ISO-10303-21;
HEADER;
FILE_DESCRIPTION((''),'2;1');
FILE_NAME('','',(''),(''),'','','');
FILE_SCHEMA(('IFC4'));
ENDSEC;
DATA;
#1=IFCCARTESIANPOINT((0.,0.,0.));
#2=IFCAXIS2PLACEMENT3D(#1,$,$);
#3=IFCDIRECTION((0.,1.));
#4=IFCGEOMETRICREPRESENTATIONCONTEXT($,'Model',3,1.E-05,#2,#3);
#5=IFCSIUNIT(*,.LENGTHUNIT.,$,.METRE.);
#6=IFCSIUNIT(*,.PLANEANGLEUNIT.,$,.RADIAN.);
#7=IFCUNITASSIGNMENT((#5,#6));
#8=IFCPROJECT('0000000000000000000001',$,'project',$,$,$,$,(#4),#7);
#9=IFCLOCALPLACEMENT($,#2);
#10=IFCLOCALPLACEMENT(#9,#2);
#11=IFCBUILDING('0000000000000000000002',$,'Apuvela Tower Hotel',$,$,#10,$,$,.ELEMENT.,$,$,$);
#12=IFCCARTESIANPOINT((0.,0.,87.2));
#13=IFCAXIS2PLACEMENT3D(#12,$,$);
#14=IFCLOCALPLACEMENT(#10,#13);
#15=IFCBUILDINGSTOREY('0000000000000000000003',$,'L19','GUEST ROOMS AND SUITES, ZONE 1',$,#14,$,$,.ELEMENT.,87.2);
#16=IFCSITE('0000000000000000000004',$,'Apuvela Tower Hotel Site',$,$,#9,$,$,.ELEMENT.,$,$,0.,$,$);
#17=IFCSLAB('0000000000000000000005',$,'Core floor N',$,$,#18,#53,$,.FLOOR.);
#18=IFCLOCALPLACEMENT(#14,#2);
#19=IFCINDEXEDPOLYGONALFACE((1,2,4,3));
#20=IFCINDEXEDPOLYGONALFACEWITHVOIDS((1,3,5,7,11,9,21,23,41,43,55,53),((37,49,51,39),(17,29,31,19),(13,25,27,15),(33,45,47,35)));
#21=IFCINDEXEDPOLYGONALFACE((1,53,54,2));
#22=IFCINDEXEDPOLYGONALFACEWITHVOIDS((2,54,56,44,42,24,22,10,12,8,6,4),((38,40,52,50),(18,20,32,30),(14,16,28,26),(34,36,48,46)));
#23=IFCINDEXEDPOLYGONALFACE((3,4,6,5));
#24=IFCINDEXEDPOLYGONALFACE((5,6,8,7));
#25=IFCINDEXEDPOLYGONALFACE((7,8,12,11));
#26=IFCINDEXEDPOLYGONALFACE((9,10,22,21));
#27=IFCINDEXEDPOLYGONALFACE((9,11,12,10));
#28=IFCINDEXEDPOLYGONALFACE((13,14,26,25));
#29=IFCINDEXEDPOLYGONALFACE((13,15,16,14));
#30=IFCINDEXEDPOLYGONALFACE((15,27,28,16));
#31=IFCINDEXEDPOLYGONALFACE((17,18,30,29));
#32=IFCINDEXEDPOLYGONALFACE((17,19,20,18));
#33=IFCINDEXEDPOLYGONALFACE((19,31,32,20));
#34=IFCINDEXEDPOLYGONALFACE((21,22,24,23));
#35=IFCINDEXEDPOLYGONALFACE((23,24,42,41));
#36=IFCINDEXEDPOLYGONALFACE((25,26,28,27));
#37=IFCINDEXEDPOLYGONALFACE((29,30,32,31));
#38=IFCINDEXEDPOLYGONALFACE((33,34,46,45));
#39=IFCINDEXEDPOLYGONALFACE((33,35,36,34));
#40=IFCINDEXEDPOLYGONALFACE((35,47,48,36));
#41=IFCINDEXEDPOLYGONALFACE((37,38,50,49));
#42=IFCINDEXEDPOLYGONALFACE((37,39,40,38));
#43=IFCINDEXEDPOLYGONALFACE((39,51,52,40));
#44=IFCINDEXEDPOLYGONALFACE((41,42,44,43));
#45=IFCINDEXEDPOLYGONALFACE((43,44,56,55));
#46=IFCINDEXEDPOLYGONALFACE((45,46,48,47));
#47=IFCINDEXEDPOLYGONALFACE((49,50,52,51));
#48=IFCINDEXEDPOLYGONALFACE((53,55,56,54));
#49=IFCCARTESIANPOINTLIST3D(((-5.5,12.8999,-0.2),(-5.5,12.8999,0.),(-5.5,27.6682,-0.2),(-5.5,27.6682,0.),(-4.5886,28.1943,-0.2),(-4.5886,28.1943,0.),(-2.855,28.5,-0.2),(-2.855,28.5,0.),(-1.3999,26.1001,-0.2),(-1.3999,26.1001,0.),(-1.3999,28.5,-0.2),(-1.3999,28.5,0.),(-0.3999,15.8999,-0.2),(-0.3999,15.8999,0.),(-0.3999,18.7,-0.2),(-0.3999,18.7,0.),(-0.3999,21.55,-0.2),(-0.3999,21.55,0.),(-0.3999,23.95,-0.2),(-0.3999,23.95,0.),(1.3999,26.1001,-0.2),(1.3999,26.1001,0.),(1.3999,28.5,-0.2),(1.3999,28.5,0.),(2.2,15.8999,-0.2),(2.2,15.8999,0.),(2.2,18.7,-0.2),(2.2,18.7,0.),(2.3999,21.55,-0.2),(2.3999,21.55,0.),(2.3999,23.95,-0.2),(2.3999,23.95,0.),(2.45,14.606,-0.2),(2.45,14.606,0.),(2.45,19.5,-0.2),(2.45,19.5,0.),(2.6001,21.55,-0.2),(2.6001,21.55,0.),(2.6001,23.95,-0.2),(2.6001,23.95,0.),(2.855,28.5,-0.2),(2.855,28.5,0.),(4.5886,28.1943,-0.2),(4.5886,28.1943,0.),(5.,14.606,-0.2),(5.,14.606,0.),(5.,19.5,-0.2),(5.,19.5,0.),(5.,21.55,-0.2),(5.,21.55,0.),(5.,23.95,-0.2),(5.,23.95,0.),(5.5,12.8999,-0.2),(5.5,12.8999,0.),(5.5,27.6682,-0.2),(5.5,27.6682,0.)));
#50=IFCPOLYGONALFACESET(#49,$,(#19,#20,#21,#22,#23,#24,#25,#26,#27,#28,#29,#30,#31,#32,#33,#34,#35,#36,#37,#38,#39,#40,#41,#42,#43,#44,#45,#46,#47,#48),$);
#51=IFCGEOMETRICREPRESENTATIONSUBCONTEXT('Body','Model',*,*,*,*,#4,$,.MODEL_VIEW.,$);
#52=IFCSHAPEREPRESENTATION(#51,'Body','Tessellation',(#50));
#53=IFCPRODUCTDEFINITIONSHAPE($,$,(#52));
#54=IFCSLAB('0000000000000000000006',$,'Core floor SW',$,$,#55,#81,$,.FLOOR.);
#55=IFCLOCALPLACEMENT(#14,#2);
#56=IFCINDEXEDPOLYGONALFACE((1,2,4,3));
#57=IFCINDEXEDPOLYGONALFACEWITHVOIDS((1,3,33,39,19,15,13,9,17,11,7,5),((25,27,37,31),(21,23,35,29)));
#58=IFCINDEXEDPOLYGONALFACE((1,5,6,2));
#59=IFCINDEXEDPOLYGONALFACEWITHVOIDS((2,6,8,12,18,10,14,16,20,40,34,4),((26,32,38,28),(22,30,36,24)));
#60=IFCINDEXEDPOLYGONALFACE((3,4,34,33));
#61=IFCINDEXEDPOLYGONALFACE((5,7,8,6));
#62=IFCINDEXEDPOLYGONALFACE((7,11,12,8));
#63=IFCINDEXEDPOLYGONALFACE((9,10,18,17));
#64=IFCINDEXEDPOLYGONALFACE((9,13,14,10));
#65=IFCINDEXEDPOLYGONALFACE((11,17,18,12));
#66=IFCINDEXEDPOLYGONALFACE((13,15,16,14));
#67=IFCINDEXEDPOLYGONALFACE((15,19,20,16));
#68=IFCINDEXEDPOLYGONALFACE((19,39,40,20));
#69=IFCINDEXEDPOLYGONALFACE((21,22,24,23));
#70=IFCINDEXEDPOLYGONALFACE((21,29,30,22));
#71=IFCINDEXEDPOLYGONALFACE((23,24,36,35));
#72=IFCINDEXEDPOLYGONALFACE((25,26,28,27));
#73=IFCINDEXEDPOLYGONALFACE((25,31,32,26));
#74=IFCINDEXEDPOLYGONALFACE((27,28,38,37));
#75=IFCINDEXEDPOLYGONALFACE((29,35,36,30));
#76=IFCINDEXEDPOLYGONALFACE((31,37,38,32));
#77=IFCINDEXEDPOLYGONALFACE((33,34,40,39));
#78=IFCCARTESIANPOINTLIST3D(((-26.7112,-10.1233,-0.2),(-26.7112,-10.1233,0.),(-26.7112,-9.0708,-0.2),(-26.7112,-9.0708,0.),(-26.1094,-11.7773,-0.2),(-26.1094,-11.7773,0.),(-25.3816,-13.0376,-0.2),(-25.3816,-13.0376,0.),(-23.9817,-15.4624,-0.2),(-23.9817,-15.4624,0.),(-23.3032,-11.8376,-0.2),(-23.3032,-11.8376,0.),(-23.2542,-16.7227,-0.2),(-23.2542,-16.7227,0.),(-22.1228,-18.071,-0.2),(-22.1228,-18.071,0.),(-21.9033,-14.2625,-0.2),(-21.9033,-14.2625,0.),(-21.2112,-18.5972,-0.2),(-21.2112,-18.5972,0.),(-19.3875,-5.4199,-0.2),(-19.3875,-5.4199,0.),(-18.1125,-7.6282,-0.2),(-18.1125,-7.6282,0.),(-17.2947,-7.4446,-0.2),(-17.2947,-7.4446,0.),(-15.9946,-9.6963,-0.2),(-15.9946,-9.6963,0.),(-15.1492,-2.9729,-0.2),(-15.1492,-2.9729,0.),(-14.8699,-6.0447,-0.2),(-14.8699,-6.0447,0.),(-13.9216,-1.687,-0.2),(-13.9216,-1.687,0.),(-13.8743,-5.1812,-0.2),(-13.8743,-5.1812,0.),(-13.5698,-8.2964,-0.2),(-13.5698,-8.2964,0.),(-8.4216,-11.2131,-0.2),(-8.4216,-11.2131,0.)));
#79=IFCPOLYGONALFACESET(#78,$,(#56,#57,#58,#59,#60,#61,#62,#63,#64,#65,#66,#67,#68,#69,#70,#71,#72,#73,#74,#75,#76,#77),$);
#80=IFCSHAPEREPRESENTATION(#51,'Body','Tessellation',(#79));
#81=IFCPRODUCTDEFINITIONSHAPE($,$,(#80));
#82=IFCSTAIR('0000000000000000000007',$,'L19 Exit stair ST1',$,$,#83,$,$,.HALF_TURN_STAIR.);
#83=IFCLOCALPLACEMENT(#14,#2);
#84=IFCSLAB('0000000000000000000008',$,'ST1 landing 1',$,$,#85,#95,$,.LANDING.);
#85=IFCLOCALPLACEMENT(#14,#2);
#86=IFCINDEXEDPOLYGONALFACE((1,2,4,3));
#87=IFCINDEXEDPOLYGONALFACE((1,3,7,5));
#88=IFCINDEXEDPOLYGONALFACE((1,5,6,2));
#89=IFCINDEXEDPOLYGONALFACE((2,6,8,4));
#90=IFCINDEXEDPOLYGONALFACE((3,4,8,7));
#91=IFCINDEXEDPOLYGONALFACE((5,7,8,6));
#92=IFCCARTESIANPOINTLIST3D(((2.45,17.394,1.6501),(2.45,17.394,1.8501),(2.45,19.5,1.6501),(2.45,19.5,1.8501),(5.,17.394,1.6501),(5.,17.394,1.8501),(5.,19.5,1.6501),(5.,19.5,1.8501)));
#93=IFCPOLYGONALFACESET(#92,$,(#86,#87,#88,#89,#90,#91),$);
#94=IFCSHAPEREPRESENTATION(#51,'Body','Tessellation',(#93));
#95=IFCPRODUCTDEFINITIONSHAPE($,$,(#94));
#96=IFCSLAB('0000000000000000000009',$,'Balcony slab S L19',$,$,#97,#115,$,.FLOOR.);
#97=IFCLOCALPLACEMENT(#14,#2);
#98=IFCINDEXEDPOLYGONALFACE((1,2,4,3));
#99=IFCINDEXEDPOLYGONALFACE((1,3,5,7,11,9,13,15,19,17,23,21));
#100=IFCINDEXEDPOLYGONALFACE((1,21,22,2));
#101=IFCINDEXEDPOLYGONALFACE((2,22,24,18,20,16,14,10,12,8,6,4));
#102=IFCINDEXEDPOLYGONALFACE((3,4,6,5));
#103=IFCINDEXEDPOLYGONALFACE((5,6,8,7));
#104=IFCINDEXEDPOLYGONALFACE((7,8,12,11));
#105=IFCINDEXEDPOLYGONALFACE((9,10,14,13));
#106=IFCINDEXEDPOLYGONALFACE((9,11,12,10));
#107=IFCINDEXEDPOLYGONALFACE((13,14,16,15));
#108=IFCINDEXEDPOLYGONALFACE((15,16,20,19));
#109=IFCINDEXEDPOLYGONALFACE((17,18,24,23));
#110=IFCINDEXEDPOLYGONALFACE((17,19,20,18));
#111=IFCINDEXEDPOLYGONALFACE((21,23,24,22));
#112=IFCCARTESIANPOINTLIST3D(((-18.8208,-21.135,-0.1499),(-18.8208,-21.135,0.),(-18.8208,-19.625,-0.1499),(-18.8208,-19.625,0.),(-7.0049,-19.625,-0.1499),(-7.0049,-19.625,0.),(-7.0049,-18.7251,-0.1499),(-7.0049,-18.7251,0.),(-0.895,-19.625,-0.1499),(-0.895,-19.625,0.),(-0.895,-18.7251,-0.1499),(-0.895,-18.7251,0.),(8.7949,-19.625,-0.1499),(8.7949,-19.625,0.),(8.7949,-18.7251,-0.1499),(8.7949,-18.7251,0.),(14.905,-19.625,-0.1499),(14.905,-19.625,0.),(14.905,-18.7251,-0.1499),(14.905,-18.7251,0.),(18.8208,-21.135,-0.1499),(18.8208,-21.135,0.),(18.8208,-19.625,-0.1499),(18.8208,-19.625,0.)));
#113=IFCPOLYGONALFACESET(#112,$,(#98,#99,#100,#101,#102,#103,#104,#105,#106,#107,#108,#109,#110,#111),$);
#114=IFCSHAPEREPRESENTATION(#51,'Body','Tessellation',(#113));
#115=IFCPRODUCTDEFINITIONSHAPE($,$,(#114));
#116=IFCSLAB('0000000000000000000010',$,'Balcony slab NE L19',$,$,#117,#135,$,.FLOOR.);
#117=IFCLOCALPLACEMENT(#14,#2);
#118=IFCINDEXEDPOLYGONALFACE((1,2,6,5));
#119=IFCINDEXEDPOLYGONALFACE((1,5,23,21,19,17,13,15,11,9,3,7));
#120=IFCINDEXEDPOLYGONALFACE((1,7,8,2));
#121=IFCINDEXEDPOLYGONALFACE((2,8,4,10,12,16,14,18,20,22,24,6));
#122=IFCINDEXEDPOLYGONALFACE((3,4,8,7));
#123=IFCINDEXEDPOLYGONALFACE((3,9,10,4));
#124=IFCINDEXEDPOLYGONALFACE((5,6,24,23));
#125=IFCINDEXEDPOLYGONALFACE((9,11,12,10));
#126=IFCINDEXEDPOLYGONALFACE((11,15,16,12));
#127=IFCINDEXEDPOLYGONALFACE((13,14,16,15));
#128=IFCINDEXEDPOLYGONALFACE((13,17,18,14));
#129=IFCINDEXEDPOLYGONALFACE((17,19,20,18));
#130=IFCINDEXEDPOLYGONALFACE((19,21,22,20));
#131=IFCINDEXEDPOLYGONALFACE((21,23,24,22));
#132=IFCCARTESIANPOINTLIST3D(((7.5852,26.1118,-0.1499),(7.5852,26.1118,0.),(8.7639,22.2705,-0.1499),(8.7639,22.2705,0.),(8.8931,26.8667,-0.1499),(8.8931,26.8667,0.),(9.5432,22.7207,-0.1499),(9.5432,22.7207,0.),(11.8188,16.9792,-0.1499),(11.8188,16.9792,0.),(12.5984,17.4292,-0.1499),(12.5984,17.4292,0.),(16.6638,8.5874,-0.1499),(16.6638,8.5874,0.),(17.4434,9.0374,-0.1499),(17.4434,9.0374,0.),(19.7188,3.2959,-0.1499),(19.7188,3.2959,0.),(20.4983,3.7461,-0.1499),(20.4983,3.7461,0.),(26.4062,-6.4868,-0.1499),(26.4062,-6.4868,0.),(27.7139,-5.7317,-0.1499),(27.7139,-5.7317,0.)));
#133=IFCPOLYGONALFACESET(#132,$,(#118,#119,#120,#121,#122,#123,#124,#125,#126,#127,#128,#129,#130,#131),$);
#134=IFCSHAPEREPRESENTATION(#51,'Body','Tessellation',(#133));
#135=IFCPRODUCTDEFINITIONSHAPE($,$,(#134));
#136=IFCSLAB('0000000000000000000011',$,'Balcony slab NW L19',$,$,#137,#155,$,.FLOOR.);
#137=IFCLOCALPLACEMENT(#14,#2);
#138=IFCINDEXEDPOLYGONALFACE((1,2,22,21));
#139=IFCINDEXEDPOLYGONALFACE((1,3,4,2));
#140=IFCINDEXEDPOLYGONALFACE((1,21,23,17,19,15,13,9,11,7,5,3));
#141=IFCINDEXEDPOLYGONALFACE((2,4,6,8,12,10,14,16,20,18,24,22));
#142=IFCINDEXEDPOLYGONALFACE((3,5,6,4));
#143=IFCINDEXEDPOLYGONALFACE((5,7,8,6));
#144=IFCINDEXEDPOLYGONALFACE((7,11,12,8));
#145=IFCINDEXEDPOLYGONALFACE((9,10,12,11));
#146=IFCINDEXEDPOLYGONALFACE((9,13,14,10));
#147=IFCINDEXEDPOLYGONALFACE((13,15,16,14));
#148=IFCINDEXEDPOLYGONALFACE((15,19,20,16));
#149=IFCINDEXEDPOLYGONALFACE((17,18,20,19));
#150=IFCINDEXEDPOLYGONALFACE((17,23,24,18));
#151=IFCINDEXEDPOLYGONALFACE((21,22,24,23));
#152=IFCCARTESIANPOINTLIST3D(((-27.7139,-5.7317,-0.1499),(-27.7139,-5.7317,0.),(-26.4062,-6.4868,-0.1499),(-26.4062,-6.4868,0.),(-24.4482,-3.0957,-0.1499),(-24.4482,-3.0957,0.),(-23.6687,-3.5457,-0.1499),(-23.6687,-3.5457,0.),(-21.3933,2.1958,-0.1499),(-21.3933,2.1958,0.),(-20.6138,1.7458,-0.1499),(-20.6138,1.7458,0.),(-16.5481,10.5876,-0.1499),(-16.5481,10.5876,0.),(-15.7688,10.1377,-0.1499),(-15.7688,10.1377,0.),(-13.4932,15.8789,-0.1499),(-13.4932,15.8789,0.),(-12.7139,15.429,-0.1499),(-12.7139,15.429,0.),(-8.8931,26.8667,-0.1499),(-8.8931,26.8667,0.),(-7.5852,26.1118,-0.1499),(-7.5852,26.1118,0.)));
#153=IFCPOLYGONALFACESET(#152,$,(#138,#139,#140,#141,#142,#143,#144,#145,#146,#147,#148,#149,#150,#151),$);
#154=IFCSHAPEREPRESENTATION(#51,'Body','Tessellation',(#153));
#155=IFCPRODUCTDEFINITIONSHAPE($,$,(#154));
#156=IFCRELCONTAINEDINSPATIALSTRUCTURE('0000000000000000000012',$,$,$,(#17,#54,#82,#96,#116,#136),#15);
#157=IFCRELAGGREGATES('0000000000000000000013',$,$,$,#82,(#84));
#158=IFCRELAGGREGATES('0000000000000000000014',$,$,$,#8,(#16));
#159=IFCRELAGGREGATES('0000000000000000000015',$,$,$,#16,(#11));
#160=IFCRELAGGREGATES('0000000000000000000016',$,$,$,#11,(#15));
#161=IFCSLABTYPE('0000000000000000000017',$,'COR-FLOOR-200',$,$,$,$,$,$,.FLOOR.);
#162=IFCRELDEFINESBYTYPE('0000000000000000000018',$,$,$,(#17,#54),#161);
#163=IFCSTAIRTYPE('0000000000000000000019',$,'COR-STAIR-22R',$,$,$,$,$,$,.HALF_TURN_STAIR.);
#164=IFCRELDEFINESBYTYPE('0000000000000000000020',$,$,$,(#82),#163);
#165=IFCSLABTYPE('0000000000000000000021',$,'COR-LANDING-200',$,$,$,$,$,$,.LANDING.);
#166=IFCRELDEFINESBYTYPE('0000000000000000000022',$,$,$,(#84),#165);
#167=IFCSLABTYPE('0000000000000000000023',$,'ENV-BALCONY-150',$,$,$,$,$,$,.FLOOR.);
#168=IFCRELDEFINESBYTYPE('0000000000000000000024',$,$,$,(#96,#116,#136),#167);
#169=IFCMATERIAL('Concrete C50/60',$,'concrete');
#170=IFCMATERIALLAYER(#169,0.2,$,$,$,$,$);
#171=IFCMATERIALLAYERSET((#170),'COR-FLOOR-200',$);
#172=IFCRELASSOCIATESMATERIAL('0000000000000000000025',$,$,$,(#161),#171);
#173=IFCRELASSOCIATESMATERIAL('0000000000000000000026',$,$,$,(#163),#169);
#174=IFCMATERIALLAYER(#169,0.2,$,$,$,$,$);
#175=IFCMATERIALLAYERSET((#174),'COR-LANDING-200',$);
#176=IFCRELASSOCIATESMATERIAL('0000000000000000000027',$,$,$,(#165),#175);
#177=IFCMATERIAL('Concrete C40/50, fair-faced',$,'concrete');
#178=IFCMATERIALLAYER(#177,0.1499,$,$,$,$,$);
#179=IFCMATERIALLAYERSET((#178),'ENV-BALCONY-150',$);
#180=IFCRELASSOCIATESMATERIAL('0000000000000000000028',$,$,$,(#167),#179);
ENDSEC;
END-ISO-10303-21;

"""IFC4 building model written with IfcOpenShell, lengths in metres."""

from ifc_helpers import new_model, si_unit, direction, frame, origin, place, context, subcontext, project, spatial, polyline, outline, extrude, material, layer, layer_set, type_object, element, aggregate, save


model = new_model("IFC4")

# Units and contexts
model_context = context("Model", 3, precision=1e-05, world=origin(), true_north=direction((0.0, 1.0)))
body_context = subcontext(model_context, "Body", "Model", "MODEL_VIEW")
ifc_project = project(units=[si_unit("LENGTHUNIT", "METRE"), si_unit("PLANEANGLEUNIT", "RADIAN")], contexts=[model_context])

# Site, building, storey
site_placement = place(None, origin())
site = spatial("IfcSite", under=ifc_project, at=site_placement, Name="Apuvela Tower Hotel Site", CompositionType="ELEMENT", RefElevation=0.0)
building_placement = place(site_placement, origin())
building = spatial("IfcBuilding", under=site, at=building_placement, Name="Apuvela Tower Hotel", CompositionType="ELEMENT")
storey_placement = place(building_placement, frame((0.0, 0.0, 87.2)))
storey = spatial("IfcBuildingStorey", under=building, at=storey_placement, Name="L19", Description="GUEST ROOMS AND SUITES, ZONE 1", CompositionType="ELEMENT", Elevation=87.2)

# Slabs
ifc_material_1 = material(Name="Concrete C50/60", Category="concrete")
ifc_layer_1 = layer(ifc_material_1, 0.2)
ifc_layer_set_1 = layer_set([ifc_layer_1], Name="COR-FLOOR-200")
slab_type_1 = type_object("IfcSlabType", Name="COR-FLOOR-200", PredefinedType="FLOOR", material=ifc_layer_set_1)
slab_1_placement = place(storey_placement, frame((0.0, 0.0, -0.2)))
element("IfcSlab", 1, at=slab_1_placement, inside=storey, type_object=slab_type_1, Name="Core floor N", PredefinedType="FLOOR", context=body_context, shape_type="SweptSolid", body=[
    extrude(outline(polyline([(5.5, 27.6682), (4.5886, 28.1943), (2.855, 28.5), (1.3999, 28.5), (1.3999, 26.1001), (-1.3999, 26.1001), (-1.3999, 28.5), (-2.855, 28.5), (-4.5886, 28.1943), (-5.5, 27.6682), (-5.5, 12.8999), (5.5, 12.8999), (5.5, 27.6682)]), holes=[polyline([(5.0, 14.606), (2.45, 14.606), (2.45, 19.5), (5.0, 19.5), (5.0, 14.606)]), polyline([(2.2, 15.8999), (-0.3999, 15.8999), (-0.3999, 18.7), (2.2, 18.7), (2.2, 15.8999)]), polyline([(5.0, 21.55), (2.6001, 21.55), (2.6001, 23.95), (5.0, 23.95), (5.0, 21.55)]), polyline([(2.3999, 21.55), (-0.3999, 21.55), (-0.3999, 23.95), (2.3999, 23.95), (2.3999, 21.55)])]), origin(), (0.0, 0.0, 1.0), 0.2),
])
slab_2_placement = place(storey_placement, frame((0.0, 0.0, -0.2)))
element("IfcSlab", 2, at=slab_2_placement, inside=storey, type_object=slab_type_1, Name="Core floor SW", PredefinedType="FLOOR", context=body_context, shape_type="SweptSolid", body=[
    extrude(outline(polyline([(-26.7112, -9.0708), (-26.7112, -10.1233), (-26.1094, -11.7773), (-25.3816, -13.0376), (-23.3032, -11.8376), (-21.9033, -14.2625), (-23.9817, -15.4624), (-23.2542, -16.7227), (-22.1228, -18.071), (-21.2112, -18.5972), (-8.4216, -11.2131), (-13.9216, -1.687), (-26.7112, -9.0708)]), holes=[polyline([(-13.8743, -5.1812), (-18.1125, -7.6282), (-19.3875, -5.4199), (-15.1492, -2.9729), (-13.8743, -5.1812)]), polyline([(-13.5698, -8.2964), (-15.9946, -9.6963), (-17.2947, -7.4446), (-14.8699, -6.0447), (-13.5698, -8.2964)])]), origin(), (0.0, 0.0, 1.0), 0.2),
])

# Stair, slab
stair_type = type_object("IfcStairType", Name="COR-STAIR-22R", PredefinedType="HALF_TURN_STAIR", material=ifc_material_1)
stair_placement = place(storey_placement, origin())
stair = element("IfcStair", 3, at=stair_placement, inside=storey, type_object=stair_type, Name="L19 Exit stair ST1", PredefinedType="HALF_TURN_STAIR")
ifc_layer_2 = layer(ifc_material_1, 0.2)
ifc_layer_set_2 = layer_set([ifc_layer_2], Name="COR-LANDING-200")
slab_type_2 = type_object("IfcSlabType", Name="COR-LANDING-200", PredefinedType="LANDING", material=ifc_layer_set_2)
slab_3_placement = place(storey_placement, frame((0.0, 0.0, 1.6501)))
slab_3 = element("IfcSlab", 4, at=slab_3_placement, type_object=slab_type_2, Name="ST1 landing 1", PredefinedType="LANDING", context=body_context, shape_type="SweptSolid", body=[
    extrude(outline(polyline([(5.0, 17.394), (5.0, 19.5), (2.45, 19.5), (2.45, 17.394), (5.0, 17.394)])), origin(), (0.0, 0.0, 1.0), 0.2),
])
aggregate(stair, [slab_3])

# Slabs
ifc_material_2 = material(Name="Concrete C40/50, fair-faced", Category="concrete")
ifc_layer_3 = layer(ifc_material_2, 0.1499)
ifc_layer_set_3 = layer_set([ifc_layer_3], Name="ENV-BALCONY-150")
slab_type_3 = type_object("IfcSlabType", Name="ENV-BALCONY-150", PredefinedType="FLOOR", material=ifc_layer_set_3)
slab_4_placement = place(storey_placement, frame((0.0, 0.0, -0.1499)))
element("IfcSlab", 5, at=slab_4_placement, inside=storey, type_object=slab_type_3, Name="Balcony slab S L19", PredefinedType="FLOOR", context=body_context, shape_type="SweptSolid", body=[
    extrude(outline(polyline([(18.8208, -21.135), (-18.8208, -21.135), (-18.8208, -19.625), (-7.0049, -19.625), (-7.0049, -18.7251), (-0.895, -18.7251), (-0.895, -19.625), (8.7949, -19.625), (8.7949, -18.7251), (14.905, -18.7251), (14.905, -19.625), (18.8208, -19.625), (18.8208, -21.135)])), origin(), (0.0, 0.0, 1.0), 0.1499),
])
slab_5_placement = place(storey_placement, frame((0.0, 0.0, -0.1499)))
element("IfcSlab", 6, at=slab_5_placement, inside=storey, type_object=slab_type_3, Name="Balcony slab NE L19", PredefinedType="FLOOR", context=body_context, shape_type="SweptSolid", body=[
    extrude(outline(polyline([(17.4434, 9.0374), (12.5984, 17.4292), (11.8188, 16.9792), (8.7639, 22.2705), (9.5432, 22.7207), (7.5852, 26.1118), (8.8931, 26.8667), (27.7139, -5.7317), (26.4062, -6.4868), (20.4983, 3.7461), (19.7188, 3.2959), (16.6638, 8.5874), (17.4434, 9.0374)])), origin(), (0.0, 0.0, 1.0), 0.1499),
])
slab_6_placement = place(storey_placement, frame((0.0, 0.0, -0.1499)))
element("IfcSlab", 7, at=slab_6_placement, inside=storey, type_object=slab_type_3, Name="Balcony slab NW L19", PredefinedType="FLOOR", context=body_context, shape_type="SweptSolid", body=[
    extrude(outline(polyline([(-27.7139, -5.7317), (-8.8931, 26.8667), (-7.5852, 26.1118), (-13.4932, 15.8789), (-12.7139, 15.429), (-15.7688, 10.1377), (-16.5481, 10.5876), (-21.3933, 2.1958), (-20.6138, 1.7458), (-23.6687, -3.5457), (-24.4482, -3.0957), (-26.4062, -6.4868), (-27.7139, -5.7317)])), origin(), (0.0, 0.0, 1.0), 0.1499),
])

save(model, "model.ifc")
